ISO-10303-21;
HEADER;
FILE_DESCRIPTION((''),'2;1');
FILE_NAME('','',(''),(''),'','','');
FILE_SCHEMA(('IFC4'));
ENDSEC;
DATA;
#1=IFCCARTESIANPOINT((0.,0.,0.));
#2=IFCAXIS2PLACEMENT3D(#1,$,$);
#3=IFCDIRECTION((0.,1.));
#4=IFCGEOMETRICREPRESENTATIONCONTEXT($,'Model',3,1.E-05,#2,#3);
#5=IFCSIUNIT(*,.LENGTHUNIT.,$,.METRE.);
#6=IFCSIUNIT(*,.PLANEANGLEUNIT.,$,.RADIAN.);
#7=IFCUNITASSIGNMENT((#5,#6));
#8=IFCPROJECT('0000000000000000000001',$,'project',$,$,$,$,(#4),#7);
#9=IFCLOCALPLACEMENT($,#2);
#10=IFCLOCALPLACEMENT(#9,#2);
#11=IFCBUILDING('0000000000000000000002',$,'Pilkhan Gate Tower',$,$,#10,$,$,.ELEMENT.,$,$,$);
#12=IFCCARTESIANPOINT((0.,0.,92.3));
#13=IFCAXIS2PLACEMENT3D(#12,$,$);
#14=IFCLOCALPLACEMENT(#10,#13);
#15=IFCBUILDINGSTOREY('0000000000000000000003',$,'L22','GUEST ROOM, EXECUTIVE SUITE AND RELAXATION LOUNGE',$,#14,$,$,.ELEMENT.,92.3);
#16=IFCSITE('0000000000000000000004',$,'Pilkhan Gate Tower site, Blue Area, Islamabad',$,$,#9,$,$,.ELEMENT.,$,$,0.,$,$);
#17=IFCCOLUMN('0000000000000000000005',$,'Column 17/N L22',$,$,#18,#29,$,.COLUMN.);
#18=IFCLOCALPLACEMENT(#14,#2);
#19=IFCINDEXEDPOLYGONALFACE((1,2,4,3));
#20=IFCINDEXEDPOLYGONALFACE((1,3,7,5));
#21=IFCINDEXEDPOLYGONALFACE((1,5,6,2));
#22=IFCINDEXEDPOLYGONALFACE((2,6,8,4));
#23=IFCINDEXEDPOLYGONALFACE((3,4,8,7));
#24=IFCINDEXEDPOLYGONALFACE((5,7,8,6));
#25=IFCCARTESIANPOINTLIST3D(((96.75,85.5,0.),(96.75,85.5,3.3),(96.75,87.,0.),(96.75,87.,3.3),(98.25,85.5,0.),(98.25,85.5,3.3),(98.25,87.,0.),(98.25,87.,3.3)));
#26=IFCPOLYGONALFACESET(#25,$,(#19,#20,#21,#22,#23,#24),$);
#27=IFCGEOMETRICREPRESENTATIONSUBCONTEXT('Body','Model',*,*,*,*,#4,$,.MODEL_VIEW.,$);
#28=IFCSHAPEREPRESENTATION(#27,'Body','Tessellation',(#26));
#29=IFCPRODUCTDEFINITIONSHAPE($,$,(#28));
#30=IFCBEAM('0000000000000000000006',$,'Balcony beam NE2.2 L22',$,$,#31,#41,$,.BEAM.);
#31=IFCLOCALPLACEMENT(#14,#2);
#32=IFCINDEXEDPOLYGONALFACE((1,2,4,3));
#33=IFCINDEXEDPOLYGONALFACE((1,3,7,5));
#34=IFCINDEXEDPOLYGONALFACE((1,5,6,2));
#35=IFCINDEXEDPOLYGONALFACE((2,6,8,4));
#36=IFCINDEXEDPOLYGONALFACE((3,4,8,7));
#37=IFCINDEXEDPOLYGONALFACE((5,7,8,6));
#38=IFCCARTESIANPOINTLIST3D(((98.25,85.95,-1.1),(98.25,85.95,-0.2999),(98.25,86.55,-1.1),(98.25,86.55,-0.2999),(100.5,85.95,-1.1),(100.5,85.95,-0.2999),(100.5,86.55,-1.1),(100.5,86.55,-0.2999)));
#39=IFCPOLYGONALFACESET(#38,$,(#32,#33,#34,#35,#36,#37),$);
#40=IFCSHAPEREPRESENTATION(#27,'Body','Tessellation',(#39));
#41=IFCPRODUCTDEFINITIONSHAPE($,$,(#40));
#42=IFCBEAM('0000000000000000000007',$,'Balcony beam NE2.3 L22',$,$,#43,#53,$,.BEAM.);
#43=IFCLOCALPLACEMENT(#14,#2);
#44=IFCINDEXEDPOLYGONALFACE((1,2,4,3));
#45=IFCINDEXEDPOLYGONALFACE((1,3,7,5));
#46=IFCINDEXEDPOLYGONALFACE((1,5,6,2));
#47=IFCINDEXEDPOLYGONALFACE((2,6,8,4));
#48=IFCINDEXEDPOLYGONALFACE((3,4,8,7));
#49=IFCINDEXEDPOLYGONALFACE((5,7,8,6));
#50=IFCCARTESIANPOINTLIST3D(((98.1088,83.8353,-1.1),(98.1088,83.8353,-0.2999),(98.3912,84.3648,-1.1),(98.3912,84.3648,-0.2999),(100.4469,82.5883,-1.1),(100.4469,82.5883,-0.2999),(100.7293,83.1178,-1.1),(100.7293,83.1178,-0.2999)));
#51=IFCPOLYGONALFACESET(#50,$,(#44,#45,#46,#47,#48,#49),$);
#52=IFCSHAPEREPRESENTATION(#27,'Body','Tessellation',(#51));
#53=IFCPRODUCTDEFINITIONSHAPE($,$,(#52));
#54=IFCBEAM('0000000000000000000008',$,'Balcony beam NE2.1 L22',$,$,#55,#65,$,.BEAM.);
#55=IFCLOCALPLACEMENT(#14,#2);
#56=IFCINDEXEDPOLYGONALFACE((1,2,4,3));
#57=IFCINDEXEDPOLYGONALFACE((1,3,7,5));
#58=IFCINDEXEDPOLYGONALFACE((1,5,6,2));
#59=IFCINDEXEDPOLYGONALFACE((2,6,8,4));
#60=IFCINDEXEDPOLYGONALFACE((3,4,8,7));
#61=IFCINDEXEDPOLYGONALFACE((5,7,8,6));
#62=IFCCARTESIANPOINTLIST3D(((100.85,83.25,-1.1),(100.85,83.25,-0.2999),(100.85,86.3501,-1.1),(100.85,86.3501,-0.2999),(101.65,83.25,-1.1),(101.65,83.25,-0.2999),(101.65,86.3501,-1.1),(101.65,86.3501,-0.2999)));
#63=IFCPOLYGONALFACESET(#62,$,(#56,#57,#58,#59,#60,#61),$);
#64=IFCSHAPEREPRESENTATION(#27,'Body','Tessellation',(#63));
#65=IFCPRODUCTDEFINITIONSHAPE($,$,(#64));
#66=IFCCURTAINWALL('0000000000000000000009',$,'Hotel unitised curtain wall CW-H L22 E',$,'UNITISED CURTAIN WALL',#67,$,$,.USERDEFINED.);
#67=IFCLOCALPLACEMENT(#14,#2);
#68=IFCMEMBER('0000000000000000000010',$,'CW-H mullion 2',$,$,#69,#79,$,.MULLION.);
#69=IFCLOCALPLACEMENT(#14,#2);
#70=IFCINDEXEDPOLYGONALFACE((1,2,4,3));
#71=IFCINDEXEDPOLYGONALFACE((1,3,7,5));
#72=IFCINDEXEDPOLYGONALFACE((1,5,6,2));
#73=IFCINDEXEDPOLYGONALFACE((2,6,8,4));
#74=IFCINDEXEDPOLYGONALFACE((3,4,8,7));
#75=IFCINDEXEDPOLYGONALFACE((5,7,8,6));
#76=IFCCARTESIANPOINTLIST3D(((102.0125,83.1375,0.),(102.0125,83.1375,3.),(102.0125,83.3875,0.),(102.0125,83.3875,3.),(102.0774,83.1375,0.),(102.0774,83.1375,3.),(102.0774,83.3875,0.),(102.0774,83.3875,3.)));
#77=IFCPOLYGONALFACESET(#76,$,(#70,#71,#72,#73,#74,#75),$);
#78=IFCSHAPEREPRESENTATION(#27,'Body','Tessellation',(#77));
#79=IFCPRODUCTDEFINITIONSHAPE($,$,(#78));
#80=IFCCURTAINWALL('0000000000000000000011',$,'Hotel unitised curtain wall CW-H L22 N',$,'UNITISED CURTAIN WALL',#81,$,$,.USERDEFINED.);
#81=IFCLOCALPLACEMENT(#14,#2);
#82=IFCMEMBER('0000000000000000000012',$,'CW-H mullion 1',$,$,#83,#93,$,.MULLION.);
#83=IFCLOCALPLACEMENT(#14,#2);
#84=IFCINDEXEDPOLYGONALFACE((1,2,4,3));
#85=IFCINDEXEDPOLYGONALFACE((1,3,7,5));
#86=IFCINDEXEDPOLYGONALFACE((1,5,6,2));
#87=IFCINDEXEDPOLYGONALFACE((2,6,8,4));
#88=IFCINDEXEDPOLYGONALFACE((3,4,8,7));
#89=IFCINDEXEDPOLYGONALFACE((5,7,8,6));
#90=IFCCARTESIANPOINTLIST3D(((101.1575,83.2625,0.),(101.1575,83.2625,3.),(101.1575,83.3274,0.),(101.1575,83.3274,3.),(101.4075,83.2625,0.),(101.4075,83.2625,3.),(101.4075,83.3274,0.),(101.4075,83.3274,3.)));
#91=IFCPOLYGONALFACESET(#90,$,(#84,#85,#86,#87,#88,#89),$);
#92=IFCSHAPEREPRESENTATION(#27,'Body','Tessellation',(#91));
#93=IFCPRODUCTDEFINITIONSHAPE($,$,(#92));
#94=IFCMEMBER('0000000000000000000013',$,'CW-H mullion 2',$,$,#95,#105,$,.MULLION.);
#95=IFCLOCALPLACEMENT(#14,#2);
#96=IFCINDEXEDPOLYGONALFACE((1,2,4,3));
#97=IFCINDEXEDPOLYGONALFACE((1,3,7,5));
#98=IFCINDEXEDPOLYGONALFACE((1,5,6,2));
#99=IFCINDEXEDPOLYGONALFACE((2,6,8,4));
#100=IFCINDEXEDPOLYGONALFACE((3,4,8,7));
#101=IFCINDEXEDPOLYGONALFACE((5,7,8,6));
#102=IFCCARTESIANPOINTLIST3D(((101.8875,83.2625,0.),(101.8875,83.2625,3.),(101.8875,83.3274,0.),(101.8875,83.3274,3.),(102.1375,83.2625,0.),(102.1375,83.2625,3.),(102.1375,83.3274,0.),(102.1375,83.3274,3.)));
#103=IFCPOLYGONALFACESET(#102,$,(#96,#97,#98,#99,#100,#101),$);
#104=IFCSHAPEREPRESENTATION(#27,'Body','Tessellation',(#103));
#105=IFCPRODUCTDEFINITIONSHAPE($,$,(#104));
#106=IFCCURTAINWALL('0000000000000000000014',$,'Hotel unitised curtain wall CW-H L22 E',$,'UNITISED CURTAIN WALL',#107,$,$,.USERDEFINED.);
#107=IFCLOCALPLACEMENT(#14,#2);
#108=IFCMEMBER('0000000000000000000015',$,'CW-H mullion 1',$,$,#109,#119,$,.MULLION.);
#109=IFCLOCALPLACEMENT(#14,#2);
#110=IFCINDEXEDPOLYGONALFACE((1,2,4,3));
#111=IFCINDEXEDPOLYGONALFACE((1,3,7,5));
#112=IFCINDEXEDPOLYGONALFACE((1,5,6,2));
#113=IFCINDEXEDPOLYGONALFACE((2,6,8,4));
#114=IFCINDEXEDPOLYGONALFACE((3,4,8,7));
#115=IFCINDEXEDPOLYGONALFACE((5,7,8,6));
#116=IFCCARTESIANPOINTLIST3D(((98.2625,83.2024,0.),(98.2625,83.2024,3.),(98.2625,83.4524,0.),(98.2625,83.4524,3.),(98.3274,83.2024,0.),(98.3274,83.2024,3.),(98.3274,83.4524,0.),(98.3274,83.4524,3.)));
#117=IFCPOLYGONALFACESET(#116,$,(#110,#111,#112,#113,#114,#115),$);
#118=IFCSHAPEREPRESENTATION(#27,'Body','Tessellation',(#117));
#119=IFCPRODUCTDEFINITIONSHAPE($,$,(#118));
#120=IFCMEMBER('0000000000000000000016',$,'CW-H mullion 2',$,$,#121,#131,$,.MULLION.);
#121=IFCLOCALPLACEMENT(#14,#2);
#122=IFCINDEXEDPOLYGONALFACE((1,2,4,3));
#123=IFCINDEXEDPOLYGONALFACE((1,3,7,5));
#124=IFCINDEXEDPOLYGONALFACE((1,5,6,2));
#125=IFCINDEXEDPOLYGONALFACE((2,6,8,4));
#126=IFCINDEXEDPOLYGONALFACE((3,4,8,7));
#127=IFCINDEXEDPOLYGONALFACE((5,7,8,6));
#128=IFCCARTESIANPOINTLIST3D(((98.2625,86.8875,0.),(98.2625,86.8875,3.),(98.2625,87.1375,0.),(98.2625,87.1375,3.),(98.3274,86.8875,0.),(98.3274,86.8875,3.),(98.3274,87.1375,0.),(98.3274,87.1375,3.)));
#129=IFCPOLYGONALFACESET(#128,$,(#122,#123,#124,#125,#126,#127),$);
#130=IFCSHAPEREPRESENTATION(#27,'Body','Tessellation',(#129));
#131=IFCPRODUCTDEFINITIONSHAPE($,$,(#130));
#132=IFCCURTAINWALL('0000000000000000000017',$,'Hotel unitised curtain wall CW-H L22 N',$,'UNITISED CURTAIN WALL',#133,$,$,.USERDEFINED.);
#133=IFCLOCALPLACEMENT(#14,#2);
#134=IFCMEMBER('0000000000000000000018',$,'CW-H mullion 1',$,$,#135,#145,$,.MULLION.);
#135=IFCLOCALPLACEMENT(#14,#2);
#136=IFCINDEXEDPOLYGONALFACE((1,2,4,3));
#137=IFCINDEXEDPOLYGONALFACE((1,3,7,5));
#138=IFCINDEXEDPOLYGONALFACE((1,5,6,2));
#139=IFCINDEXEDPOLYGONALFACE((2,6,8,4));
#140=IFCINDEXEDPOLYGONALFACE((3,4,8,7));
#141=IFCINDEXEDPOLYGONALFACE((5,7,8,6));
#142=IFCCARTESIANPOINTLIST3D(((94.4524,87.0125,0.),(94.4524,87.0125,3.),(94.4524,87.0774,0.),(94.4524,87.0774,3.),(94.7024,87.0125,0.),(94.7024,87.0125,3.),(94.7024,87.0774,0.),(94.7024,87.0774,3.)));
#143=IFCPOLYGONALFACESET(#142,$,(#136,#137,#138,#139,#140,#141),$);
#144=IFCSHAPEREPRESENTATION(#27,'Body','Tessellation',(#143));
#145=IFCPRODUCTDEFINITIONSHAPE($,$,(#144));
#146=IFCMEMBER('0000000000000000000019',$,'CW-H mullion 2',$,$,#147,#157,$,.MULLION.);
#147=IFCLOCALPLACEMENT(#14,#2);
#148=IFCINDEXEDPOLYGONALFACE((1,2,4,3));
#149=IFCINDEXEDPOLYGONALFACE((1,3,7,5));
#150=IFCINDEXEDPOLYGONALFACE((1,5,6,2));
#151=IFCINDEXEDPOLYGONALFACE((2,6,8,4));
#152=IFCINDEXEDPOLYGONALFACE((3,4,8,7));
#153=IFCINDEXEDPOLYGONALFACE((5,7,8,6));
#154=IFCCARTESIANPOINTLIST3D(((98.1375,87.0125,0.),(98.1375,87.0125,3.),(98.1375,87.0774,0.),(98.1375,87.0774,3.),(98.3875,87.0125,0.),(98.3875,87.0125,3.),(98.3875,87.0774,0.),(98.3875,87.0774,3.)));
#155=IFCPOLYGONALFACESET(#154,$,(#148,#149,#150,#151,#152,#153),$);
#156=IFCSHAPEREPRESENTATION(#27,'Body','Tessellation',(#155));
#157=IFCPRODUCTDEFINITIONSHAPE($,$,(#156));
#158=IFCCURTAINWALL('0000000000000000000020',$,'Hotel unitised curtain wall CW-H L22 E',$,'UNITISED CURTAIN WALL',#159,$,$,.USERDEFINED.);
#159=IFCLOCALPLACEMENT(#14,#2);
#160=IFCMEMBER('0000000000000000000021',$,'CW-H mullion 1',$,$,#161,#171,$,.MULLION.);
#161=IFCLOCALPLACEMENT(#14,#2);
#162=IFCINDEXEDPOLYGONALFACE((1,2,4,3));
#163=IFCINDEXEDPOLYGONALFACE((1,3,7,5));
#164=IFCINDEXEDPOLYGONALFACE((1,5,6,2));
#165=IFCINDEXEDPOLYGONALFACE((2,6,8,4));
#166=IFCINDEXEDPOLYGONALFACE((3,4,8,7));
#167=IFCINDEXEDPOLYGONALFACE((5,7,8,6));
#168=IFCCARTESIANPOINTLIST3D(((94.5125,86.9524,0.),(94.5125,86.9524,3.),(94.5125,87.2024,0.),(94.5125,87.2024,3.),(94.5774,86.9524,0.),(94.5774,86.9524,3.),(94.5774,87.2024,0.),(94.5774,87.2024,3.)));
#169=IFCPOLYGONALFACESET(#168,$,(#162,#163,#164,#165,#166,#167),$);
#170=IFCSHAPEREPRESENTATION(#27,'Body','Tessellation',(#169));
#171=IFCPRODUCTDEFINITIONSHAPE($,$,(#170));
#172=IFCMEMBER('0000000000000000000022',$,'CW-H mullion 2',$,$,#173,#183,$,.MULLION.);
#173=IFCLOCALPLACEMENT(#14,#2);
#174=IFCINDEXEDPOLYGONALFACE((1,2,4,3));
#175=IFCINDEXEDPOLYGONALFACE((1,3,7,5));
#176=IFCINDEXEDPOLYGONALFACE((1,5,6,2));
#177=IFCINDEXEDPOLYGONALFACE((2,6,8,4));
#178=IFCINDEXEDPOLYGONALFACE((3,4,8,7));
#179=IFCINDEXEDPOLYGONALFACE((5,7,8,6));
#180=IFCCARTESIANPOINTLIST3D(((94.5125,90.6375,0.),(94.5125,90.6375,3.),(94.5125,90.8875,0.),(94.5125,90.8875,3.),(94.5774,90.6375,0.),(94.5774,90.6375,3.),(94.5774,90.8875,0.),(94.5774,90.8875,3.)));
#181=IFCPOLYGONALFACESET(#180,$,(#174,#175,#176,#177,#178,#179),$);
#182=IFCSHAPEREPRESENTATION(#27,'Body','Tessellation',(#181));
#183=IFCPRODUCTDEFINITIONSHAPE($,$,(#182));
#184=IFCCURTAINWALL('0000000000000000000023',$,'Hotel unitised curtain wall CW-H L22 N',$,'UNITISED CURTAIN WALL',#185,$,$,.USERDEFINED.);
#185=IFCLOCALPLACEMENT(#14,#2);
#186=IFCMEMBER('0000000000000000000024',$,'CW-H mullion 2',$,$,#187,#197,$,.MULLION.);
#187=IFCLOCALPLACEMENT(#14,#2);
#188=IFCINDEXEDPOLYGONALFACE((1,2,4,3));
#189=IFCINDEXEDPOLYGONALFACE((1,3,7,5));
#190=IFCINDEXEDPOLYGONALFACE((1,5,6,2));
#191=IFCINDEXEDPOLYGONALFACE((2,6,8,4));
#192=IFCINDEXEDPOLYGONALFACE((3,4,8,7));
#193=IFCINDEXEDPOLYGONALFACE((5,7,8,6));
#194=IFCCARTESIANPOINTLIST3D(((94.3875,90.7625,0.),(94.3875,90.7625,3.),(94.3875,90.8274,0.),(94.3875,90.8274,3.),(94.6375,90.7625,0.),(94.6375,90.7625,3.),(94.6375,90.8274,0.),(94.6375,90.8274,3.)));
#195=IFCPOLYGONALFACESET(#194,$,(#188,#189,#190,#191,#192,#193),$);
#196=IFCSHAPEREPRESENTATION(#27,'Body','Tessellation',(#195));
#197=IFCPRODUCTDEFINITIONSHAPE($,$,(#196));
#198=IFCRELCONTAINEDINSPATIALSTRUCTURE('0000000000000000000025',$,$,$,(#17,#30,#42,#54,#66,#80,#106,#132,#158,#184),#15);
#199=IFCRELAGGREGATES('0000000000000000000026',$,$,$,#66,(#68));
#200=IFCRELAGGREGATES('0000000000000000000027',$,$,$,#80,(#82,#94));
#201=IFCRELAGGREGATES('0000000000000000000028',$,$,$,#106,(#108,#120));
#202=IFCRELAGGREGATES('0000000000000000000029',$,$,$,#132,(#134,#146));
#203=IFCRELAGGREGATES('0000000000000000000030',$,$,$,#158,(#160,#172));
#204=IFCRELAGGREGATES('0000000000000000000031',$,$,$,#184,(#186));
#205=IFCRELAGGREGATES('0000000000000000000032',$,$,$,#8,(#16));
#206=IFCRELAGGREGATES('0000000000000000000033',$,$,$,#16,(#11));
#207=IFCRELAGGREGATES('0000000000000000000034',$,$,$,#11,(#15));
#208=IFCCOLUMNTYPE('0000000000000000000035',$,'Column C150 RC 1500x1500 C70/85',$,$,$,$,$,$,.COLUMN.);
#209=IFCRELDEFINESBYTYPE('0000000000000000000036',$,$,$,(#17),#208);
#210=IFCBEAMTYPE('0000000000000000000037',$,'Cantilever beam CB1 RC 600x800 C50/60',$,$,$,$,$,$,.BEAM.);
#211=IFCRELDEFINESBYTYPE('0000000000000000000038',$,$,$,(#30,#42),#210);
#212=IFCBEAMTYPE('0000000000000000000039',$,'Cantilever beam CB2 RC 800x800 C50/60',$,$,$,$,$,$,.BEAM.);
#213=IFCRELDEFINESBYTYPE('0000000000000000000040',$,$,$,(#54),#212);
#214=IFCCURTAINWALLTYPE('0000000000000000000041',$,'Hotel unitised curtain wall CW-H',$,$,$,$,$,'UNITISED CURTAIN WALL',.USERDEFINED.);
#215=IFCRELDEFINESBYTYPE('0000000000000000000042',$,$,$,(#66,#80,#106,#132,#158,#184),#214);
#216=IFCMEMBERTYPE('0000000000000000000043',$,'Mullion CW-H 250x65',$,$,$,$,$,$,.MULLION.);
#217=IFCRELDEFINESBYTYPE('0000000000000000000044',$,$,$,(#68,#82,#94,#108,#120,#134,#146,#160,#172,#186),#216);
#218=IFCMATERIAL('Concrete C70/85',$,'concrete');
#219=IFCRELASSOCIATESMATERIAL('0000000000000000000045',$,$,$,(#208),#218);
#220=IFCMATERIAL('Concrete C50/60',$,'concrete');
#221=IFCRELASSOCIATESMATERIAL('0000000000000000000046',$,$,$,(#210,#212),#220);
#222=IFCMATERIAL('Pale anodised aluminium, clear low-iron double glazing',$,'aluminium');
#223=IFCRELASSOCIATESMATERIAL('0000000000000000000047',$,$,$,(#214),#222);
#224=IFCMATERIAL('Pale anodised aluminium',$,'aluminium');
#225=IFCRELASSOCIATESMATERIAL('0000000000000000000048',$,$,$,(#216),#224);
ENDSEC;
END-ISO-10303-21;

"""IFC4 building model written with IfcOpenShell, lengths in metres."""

from ifc_helpers import new_model, si_unit, direction, frame, origin, origin_2d, place, context, subcontext, project, spatial, rectangle, extrude, material, material_profile, profile_set, type_object, element, aggregate, save


model = new_model("IFC4")

# Units and contexts
model_context = context("Model", 3, precision=1e-05, world=origin(), true_north=direction((0.0, 1.0)))
body_context = subcontext(model_context, "Body", "Model", "MODEL_VIEW")
ifc_project = project(units=[si_unit("LENGTHUNIT", "METRE"), si_unit("PLANEANGLEUNIT", "RADIAN")], contexts=[model_context])

# Site, building, storey
site_placement = place(None, origin())
site = spatial("IfcSite", under=ifc_project, at=site_placement, Name="Pilkhan Gate Tower site, Blue Area, Islamabad", CompositionType="ELEMENT", RefElevation=0.0)
building_placement = place(site_placement, origin())
building = spatial("IfcBuilding", under=site, at=building_placement, Name="Pilkhan Gate Tower", CompositionType="ELEMENT")
storey_placement = place(building_placement, frame((0.0, 0.0, 92.3)))
storey = spatial("IfcBuildingStorey", under=building, at=storey_placement, Name="L22", Description="GUEST ROOM, EXECUTIVE SUITE AND RELAXATION LOUNGE", CompositionType="ELEMENT", Elevation=92.3)

# Column
ifc_material_1 = material(Name="Concrete C70/85", Category="concrete")
ifc_material_profile_1 = material_profile(ifc_material_1, rectangle(XDim=1.5, YDim=1.5, at=origin_2d()), Name="RC 1500x1500")
ifc_profile_set_1 = profile_set([ifc_material_profile_1], Name="Concrete C70/85")
column_type = type_object("IfcColumnType", Name="Column C150 RC 1500x1500 C70/85", PredefinedType="COLUMN", material=ifc_profile_set_1)
column_placement = place(storey_placement, frame((97.5, 86.25, 0.0), z_axis=(0.0, 0.0, 1.0), x_axis=(1.0, 0.0, 0.0)))
element("IfcColumn", 1, at=column_placement, inside=storey, type_object=column_type, Name="Column 17/N L22", PredefinedType="COLUMN", context=body_context, shape_type="SweptSolid", body=[
    extrude(rectangle(XDim=1.5, YDim=1.5, at=origin_2d()), origin(), (0.0, 0.0, 1.0), 3.3),
])

# Beams
ifc_material_2 = material(Name="Concrete C50/60", Category="concrete")
ifc_material_profile_2 = material_profile(ifc_material_2, rectangle(XDim=0.6001, YDim=0.8, at=origin_2d()), Name="RC 600x800")
ifc_profile_set_2 = profile_set([ifc_material_profile_2], Name="Concrete C50/60")
beam_type_1 = type_object("IfcBeamType", Name="Cantilever beam CB1 RC 600x800 C50/60", PredefinedType="BEAM", material=ifc_profile_set_2)
beam_1_placement = place(storey_placement, frame((98.25, 86.25, -0.7), z_axis=(1.0, 0.0, 0.0), x_axis=(0.0, 1.0, 0.0)))
element("IfcBeam", 2, at=beam_1_placement, inside=storey, type_object=beam_type_1, Name="Balcony beam NE2.2 L22", PredefinedType="BEAM", context=body_context, shape_type="SweptSolid", body=[
    extrude(rectangle(XDim=0.6001, YDim=0.8, at=origin_2d()), origin(), (0.0, 0.0, 1.0), 2.25),
])
beam_2_placement = place(storey_placement, frame((100.5881, 82.853, -0.7), z_axis=(-0.882343, 0.470607, 0.0), x_axis=(-0.470607, -0.882343, 0.0)))
element("IfcBeam", 3, at=beam_2_placement, inside=storey, type_object=beam_type_1, Name="Balcony beam NE2.3 L22", PredefinedType="BEAM", context=body_context, shape_type="SweptSolid", body=[
    extrude(rectangle(XDim=0.6001, YDim=0.8, at=origin_2d()), origin(), (0.0, 0.0, 1.0), 2.6499),
])
ifc_material_profile_3 = material_profile(ifc_material_2, rectangle(XDim=0.8, YDim=0.8, at=origin_2d()), Name="RC 800x800")
ifc_profile_set_3 = profile_set([ifc_material_profile_3], Name="Concrete C50/60")
beam_type_2 = type_object("IfcBeamType", Name="Cantilever beam CB2 RC 800x800 C50/60", PredefinedType="BEAM", material=ifc_profile_set_3)
beam_3_placement = place(storey_placement, frame((101.25, 83.25, -0.7), z_axis=(0.0, 1.0, 0.0), x_axis=(-1.0, 0.0, 0.0)))
element("IfcBeam", 4, at=beam_3_placement, inside=storey, type_object=beam_type_2, Name="Balcony beam NE2.1 L22", PredefinedType="BEAM", context=body_context, shape_type="SweptSolid", body=[
    extrude(rectangle(XDim=0.8, YDim=0.8, at=origin_2d()), origin(), (0.0, 0.0, 1.0), 3.1001),
])

# Curtain wall, member
ifc_material_3 = material(Name="Pale anodised aluminium, clear low-iron double glazing", Category="aluminium")
curtain_wall_type = type_object("IfcCurtainWallType", Name="Hotel unitised curtain wall CW-H", ElementType="UNITISED CURTAIN WALL", PredefinedType="USERDEFINED", material=ifc_material_3)
curtain_wall_1_placement = place(storey_placement, origin())
curtain_wall_1 = element("IfcCurtainWall", 5, at=curtain_wall_1_placement, inside=storey, type_object=curtain_wall_type, Name="Hotel unitised curtain wall CW-H L22 E", ObjectType="UNITISED CURTAIN WALL", PredefinedType="USERDEFINED")
ifc_material_4 = material(Name="Pale anodised aluminium", Category="aluminium")
ifc_material_profile_4 = material_profile(ifc_material_4, rectangle(XDim=0.0649, YDim=0.25, at=origin_2d()), Name="Mullion 250x65")
ifc_profile_set_4 = profile_set([ifc_material_profile_4], Name="Pale anodised aluminium")
member_type_1 = type_object("IfcMemberType", Name="Mullion CW-H 250x65", PredefinedType="MULLION", material=ifc_profile_set_4)
member_1_placement = place(storey_placement, frame((102.0449, 83.2625, 0.0), z_axis=(0.0, 0.0, 1.0), x_axis=(-1.0, 0.0, 0.0)))
member_1 = element("IfcMember", 6, at=member_1_placement, type_object=member_type_1, Name="CW-H mullion 2", PredefinedType="MULLION", context=body_context, shape_type="SweptSolid", body=[
    extrude(rectangle(XDim=0.0649, YDim=0.25, at=origin_2d()), origin(), (0.0, 0.0, 1.0), 3.0),
])
aggregate(curtain_wall_1, [member_1])

# Curtain walls, members
curtain_wall_2_placement = place(storey_placement, origin())
curtain_wall_2 = element("IfcCurtainWall", 7, at=curtain_wall_2_placement, inside=storey, type_object=curtain_wall_type, Name="Hotel unitised curtain wall CW-H L22 N", ObjectType="UNITISED CURTAIN WALL", PredefinedType="USERDEFINED")
member_2_placement = place(storey_placement, frame((101.2825, 83.2949, 0.0), z_axis=(0.0, 0.0, 1.0), x_axis=(0.0, 1.0, 0.0)))
member_2 = element("IfcMember", 8, at=member_2_placement, type_object=member_type_1, Name="CW-H mullion 1", PredefinedType="MULLION", context=body_context, shape_type="SweptSolid", body=[
    extrude(rectangle(XDim=0.0649, YDim=0.25, at=origin_2d()), origin(), (0.0, 0.0, 1.0), 3.0),
])
member_3_placement = place(storey_placement, frame((102.0125, 83.2949, 0.0), z_axis=(0.0, 0.0, 1.0), x_axis=(0.0, 1.0, 0.0)))
member_3 = element("IfcMember", 9, at=member_3_placement, type_object=member_type_1, Name="CW-H mullion 2", PredefinedType="MULLION", context=body_context, shape_type="SweptSolid", body=[
    extrude(rectangle(XDim=0.0649, YDim=0.25, at=origin_2d()), origin(), (0.0, 0.0, 1.0), 3.0),
])
curtain_wall_3_placement = place(storey_placement, origin())
curtain_wall_3 = element("IfcCurtainWall", 10, at=curtain_wall_3_placement, inside=storey, type_object=curtain_wall_type, Name="Hotel unitised curtain wall CW-H L22 E", ObjectType="UNITISED CURTAIN WALL", PredefinedType="USERDEFINED")
member_4_placement = place(storey_placement, frame((98.2949, 83.3274, 0.0), z_axis=(0.0, 0.0, 1.0), x_axis=(-1.0, 0.0, 0.0)))
member_4 = element("IfcMember", 11, at=member_4_placement, type_object=member_type_1, Name="CW-H mullion 1", PredefinedType="MULLION", context=body_context, shape_type="SweptSolid", body=[
    extrude(rectangle(XDim=0.0649, YDim=0.25, at=origin_2d()), origin(), (0.0, 0.0, 1.0), 3.0),
])
member_5_placement = place(storey_placement, frame((98.2949, 87.0125, 0.0), z_axis=(0.0, 0.0, 1.0), x_axis=(-1.0, 0.0, 0.0)))
member_5 = element("IfcMember", 12, at=member_5_placement, type_object=member_type_1, Name="CW-H mullion 2", PredefinedType="MULLION", context=body_context, shape_type="SweptSolid", body=[
    extrude(rectangle(XDim=0.0649, YDim=0.25, at=origin_2d()), origin(), (0.0, 0.0, 1.0), 3.0),
])
curtain_wall_4_placement = place(storey_placement, origin())
curtain_wall_4 = element("IfcCurtainWall", 13, at=curtain_wall_4_placement, inside=storey, type_object=curtain_wall_type, Name="Hotel unitised curtain wall CW-H L22 N", ObjectType="UNITISED CURTAIN WALL", PredefinedType="USERDEFINED")
member_6_placement = place(storey_placement, frame((94.5774, 87.0449, 0.0), z_axis=(0.0, 0.0, 1.0), x_axis=(0.0, 1.0, 0.0)))
member_6 = element("IfcMember", 14, at=member_6_placement, type_object=member_type_1, Name="CW-H mullion 1", PredefinedType="MULLION", context=body_context, shape_type="SweptSolid", body=[
    extrude(rectangle(XDim=0.0649, YDim=0.25, at=origin_2d()), origin(), (0.0, 0.0, 1.0), 3.0),
])
member_7_placement = place(storey_placement, frame((98.2625, 87.0449, 0.0), z_axis=(0.0, 0.0, 1.0), x_axis=(0.0, 1.0, 0.0)))
member_7 = element("IfcMember", 15, at=member_7_placement, type_object=member_type_1, Name="CW-H mullion 2", PredefinedType="MULLION", context=body_context, shape_type="SweptSolid", body=[
    extrude(rectangle(XDim=0.0649, YDim=0.25, at=origin_2d()), origin(), (0.0, 0.0, 1.0), 3.0),
])
curtain_wall_5_placement = place(storey_placement, origin())
curtain_wall_5 = element("IfcCurtainWall", 16, at=curtain_wall_5_placement, inside=storey, type_object=curtain_wall_type, Name="Hotel unitised curtain wall CW-H L22 E", ObjectType="UNITISED CURTAIN WALL", PredefinedType="USERDEFINED")
member_8_placement = place(storey_placement, frame((94.5449, 87.0774, 0.0), z_axis=(0.0, 0.0, 1.0), x_axis=(-1.0, 0.0, 0.0)))
member_8 = element("IfcMember", 17, at=member_8_placement, type_object=member_type_1, Name="CW-H mullion 1", PredefinedType="MULLION", context=body_context, shape_type="SweptSolid", body=[
    extrude(rectangle(XDim=0.0649, YDim=0.25, at=origin_2d()), origin(), (0.0, 0.0, 1.0), 3.0),
])
member_9_placement = place(storey_placement, frame((94.5449, 90.7625, 0.0), z_axis=(0.0, 0.0, 1.0), x_axis=(-1.0, 0.0, 0.0)))
member_9 = element("IfcMember", 18, at=member_9_placement, type_object=member_type_1, Name="CW-H mullion 2", PredefinedType="MULLION", context=body_context, shape_type="SweptSolid", body=[
    extrude(rectangle(XDim=0.0649, YDim=0.25, at=origin_2d()), origin(), (0.0, 0.0, 1.0), 3.0),
])

# Curtain wall, member
curtain_wall_6_placement = place(storey_placement, origin())
curtain_wall_6 = element("IfcCurtainWall", 19, at=curtain_wall_6_placement, inside=storey, type_object=curtain_wall_type, Name="Hotel unitised curtain wall CW-H L22 N", ObjectType="UNITISED CURTAIN WALL", PredefinedType="USERDEFINED")
member_10_placement = place(storey_placement, frame((94.5125, 90.7949, 0.0), z_axis=(0.0, 0.0, 1.0), x_axis=(0.0, 1.0, 0.0)))
member_10 = element("IfcMember", 20, at=member_10_placement, type_object=member_type_1, Name="CW-H mullion 2", PredefinedType="MULLION", context=body_context, shape_type="SweptSolid", body=[
    extrude(rectangle(XDim=0.0649, YDim=0.25, at=origin_2d()), origin(), (0.0, 0.0, 1.0), 3.0),
])

aggregate(curtain_wall_2, [member_2, member_3])
aggregate(curtain_wall_3, [member_4, member_5])
aggregate(curtain_wall_4, [member_6, member_7])
aggregate(curtain_wall_5, [member_8, member_9])
aggregate(curtain_wall_6, [member_10])

save(model, "model.ifc")
